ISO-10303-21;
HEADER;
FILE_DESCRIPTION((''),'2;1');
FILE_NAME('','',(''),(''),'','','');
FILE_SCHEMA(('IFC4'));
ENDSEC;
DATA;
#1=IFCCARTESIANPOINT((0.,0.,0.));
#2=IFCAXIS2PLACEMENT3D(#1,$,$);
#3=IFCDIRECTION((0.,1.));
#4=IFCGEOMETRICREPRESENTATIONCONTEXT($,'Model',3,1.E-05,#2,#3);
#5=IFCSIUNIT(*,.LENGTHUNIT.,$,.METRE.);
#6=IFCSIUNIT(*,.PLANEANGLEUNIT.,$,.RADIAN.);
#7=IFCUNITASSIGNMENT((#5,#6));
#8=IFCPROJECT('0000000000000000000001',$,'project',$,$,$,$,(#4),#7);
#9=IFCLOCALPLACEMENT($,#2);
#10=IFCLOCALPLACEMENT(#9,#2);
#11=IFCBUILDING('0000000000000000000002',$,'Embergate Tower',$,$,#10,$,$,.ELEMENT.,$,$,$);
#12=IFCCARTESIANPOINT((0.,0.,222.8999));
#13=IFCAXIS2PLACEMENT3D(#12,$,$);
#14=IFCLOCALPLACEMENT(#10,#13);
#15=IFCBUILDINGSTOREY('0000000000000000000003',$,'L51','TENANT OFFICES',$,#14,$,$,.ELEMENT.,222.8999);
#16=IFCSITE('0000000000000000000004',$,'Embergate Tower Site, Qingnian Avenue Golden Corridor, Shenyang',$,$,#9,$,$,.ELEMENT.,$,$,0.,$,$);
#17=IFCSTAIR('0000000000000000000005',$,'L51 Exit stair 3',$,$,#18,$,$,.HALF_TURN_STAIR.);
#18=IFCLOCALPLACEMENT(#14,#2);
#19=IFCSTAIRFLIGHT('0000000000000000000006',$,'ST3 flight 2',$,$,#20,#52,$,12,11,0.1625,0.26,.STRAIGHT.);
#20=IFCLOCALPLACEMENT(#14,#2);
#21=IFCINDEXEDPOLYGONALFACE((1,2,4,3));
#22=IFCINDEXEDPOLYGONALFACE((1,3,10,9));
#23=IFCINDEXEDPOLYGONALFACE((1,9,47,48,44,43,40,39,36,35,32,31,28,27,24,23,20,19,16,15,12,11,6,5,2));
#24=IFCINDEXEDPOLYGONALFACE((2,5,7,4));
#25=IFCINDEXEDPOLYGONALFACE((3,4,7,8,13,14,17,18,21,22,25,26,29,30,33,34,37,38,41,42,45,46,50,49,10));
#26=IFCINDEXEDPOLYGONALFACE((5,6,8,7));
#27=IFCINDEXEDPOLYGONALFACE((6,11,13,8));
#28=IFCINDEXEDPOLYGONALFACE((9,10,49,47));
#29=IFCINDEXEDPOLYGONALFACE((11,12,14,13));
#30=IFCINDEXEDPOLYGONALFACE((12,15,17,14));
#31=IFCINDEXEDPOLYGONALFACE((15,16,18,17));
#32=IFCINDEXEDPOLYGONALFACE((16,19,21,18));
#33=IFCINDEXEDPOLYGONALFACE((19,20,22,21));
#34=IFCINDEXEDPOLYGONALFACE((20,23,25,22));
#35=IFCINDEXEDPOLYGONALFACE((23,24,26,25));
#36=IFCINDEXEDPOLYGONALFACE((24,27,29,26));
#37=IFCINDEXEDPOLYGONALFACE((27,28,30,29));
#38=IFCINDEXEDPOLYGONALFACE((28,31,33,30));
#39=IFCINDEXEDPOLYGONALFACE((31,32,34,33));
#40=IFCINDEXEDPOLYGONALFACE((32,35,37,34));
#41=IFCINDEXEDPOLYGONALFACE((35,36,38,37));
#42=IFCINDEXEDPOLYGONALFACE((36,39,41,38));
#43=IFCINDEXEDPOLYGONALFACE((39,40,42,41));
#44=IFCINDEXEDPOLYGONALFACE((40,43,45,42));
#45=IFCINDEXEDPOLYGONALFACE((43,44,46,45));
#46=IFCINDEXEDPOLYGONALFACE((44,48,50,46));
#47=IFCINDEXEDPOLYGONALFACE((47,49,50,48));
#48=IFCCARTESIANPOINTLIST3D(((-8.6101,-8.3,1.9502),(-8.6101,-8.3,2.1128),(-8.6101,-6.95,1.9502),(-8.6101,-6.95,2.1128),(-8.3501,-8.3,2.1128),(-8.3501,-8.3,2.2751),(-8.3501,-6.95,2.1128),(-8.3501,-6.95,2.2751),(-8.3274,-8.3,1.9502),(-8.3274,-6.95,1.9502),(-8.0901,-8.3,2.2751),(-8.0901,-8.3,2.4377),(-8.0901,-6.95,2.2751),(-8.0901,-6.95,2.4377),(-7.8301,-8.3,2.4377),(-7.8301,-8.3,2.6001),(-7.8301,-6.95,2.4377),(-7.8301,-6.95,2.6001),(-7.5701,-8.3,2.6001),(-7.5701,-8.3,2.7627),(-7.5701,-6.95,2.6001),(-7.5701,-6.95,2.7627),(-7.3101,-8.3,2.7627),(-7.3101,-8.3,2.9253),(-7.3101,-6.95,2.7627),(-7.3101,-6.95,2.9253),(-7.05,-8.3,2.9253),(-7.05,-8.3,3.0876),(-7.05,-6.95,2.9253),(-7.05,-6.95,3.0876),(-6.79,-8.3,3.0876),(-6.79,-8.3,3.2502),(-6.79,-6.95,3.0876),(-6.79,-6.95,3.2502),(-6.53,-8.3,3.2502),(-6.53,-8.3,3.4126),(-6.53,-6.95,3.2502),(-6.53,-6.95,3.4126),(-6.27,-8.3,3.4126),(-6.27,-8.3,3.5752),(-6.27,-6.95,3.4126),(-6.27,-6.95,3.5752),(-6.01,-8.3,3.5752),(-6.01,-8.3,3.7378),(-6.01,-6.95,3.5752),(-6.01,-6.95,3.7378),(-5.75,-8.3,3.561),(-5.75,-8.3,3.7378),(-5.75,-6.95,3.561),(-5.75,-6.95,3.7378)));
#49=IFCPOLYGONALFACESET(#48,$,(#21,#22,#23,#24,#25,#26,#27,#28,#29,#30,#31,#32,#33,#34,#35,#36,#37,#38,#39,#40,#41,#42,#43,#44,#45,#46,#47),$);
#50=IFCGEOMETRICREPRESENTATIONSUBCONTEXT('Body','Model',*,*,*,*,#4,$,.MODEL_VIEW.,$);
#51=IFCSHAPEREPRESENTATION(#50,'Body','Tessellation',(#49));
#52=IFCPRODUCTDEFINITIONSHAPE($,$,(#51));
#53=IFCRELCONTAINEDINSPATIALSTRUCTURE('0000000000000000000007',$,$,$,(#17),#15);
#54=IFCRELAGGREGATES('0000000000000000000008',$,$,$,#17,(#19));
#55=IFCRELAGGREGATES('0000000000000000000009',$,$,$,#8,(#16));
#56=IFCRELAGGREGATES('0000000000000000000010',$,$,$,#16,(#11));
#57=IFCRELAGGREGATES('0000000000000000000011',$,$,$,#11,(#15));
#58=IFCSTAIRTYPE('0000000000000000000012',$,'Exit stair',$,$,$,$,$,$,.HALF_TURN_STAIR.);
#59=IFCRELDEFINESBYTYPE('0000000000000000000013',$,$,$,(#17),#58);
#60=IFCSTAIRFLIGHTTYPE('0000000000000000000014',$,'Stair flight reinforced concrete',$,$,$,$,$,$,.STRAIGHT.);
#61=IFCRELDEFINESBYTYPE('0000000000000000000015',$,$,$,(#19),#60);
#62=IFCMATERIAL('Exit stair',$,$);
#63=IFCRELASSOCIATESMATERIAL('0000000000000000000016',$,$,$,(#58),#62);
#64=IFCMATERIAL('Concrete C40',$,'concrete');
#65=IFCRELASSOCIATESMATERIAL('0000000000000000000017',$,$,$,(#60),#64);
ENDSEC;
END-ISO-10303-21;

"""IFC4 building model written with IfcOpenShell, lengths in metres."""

from ifc_helpers import new_model, si_unit, direction, frame, origin, place, context, subcontext, project, spatial, polyline, outline, extrude, source, transform, mapped, material, type_object, element, aggregate, save


model = new_model("IFC4")

# Units and contexts
model_context = context("Model", 3, precision=1e-05, world=origin(), true_north=direction((0.0, 1.0)))
body_context = subcontext(model_context, "Body", "Model", "MODEL_VIEW")
ifc_project = project(units=[si_unit("LENGTHUNIT", "METRE"), si_unit("PLANEANGLEUNIT", "RADIAN")], contexts=[model_context])

# Site, building, storey
site_placement = place(None, origin())
site = spatial("IfcSite", under=ifc_project, at=site_placement, Name="Embergate Tower Site, Qingnian Avenue Golden Corridor, Shenyang", CompositionType="ELEMENT", RefElevation=0.0)
building_placement = place(site_placement, origin())
building = spatial("IfcBuilding", under=site, at=building_placement, Name="Embergate Tower", CompositionType="ELEMENT")
storey_placement = place(building_placement, frame((0.0, 0.0, 222.8999)))
storey = spatial("IfcBuildingStorey", under=building, at=storey_placement, Name="L51", Description="TENANT OFFICES", CompositionType="ELEMENT", Elevation=222.8999)

# Stair
ifc_material_1 = material(Name="Exit stair")
stair_type = type_object("IfcStairType", Name="Exit stair", PredefinedType="HALF_TURN_STAIR", material=ifc_material_1)
stair_placement = place(storey_placement, origin())
stair = element("IfcStair", 1, at=stair_placement, inside=storey, type_object=stair_type, Name="L51 Exit stair 3", PredefinedType="HALF_TURN_STAIR")
ifc_material_2 = material(Name="Concrete C40", Category="concrete")

# Stair flight
stair_flight_type = type_object("IfcStairFlightType", Name="Stair flight reinforced concrete", PredefinedType="STRAIGHT", material=ifc_material_2)
shared_shape_1 = source(origin(), body_context, "Body", "SweptSolid", [
    extrude(outline(polyline([(0.0, 0.0), (0.0, 0.1626), (0.26, 0.1626), (0.26, 0.325), (0.52, 0.325), (0.52, 0.4875), (0.78, 0.4875), (0.78, 0.6499), (1.04, 0.6499), (1.04, 0.8125), (1.3, 0.8125), (1.3, 0.9751), (1.5601, 0.9751), (1.5601, 1.1375), (1.8201, 1.1375), (1.8201, 1.3), (2.0801, 1.3), (2.0801, 1.4624), (2.3401, 1.4624), (2.3401, 1.625), (2.6001, 1.625), (2.6001, 1.7876), (2.8601, 1.7876), (2.8601, 1.95), (2.8601, 1.6108), (0.2827, 0.0), (0.0, 0.0)])), frame((0.0, 0.675, 0.0), z_axis=(0.0, -1.0, 0.0), x_axis=(1.0, 0.0, 0.0)), (0.0, 0.0, 1.0), 1.3501),
])
stair_flight_placement = place(storey_placement, frame((-8.6101, -7.625, 1.9502), z_axis=(0.0, 0.0, 1.0), x_axis=(1.0, 0.0, 0.0)))
stair_flight = element("IfcStairFlight", 2, at=stair_flight_placement, type_object=stair_flight_type, Name="ST3 flight 2", NumberOfRisers=12, NumberOfTreads=11, PredefinedType="STRAIGHT", RiserHeight=0.1625, TreadLength=0.26, context=body_context, shape_type="MappedRepresentation", body=[
    mapped(shared_shape_1, transform((0.0, 0.0, 0.0))),
])
aggregate(stair, [stair_flight])

save(model, "model.ifc")
